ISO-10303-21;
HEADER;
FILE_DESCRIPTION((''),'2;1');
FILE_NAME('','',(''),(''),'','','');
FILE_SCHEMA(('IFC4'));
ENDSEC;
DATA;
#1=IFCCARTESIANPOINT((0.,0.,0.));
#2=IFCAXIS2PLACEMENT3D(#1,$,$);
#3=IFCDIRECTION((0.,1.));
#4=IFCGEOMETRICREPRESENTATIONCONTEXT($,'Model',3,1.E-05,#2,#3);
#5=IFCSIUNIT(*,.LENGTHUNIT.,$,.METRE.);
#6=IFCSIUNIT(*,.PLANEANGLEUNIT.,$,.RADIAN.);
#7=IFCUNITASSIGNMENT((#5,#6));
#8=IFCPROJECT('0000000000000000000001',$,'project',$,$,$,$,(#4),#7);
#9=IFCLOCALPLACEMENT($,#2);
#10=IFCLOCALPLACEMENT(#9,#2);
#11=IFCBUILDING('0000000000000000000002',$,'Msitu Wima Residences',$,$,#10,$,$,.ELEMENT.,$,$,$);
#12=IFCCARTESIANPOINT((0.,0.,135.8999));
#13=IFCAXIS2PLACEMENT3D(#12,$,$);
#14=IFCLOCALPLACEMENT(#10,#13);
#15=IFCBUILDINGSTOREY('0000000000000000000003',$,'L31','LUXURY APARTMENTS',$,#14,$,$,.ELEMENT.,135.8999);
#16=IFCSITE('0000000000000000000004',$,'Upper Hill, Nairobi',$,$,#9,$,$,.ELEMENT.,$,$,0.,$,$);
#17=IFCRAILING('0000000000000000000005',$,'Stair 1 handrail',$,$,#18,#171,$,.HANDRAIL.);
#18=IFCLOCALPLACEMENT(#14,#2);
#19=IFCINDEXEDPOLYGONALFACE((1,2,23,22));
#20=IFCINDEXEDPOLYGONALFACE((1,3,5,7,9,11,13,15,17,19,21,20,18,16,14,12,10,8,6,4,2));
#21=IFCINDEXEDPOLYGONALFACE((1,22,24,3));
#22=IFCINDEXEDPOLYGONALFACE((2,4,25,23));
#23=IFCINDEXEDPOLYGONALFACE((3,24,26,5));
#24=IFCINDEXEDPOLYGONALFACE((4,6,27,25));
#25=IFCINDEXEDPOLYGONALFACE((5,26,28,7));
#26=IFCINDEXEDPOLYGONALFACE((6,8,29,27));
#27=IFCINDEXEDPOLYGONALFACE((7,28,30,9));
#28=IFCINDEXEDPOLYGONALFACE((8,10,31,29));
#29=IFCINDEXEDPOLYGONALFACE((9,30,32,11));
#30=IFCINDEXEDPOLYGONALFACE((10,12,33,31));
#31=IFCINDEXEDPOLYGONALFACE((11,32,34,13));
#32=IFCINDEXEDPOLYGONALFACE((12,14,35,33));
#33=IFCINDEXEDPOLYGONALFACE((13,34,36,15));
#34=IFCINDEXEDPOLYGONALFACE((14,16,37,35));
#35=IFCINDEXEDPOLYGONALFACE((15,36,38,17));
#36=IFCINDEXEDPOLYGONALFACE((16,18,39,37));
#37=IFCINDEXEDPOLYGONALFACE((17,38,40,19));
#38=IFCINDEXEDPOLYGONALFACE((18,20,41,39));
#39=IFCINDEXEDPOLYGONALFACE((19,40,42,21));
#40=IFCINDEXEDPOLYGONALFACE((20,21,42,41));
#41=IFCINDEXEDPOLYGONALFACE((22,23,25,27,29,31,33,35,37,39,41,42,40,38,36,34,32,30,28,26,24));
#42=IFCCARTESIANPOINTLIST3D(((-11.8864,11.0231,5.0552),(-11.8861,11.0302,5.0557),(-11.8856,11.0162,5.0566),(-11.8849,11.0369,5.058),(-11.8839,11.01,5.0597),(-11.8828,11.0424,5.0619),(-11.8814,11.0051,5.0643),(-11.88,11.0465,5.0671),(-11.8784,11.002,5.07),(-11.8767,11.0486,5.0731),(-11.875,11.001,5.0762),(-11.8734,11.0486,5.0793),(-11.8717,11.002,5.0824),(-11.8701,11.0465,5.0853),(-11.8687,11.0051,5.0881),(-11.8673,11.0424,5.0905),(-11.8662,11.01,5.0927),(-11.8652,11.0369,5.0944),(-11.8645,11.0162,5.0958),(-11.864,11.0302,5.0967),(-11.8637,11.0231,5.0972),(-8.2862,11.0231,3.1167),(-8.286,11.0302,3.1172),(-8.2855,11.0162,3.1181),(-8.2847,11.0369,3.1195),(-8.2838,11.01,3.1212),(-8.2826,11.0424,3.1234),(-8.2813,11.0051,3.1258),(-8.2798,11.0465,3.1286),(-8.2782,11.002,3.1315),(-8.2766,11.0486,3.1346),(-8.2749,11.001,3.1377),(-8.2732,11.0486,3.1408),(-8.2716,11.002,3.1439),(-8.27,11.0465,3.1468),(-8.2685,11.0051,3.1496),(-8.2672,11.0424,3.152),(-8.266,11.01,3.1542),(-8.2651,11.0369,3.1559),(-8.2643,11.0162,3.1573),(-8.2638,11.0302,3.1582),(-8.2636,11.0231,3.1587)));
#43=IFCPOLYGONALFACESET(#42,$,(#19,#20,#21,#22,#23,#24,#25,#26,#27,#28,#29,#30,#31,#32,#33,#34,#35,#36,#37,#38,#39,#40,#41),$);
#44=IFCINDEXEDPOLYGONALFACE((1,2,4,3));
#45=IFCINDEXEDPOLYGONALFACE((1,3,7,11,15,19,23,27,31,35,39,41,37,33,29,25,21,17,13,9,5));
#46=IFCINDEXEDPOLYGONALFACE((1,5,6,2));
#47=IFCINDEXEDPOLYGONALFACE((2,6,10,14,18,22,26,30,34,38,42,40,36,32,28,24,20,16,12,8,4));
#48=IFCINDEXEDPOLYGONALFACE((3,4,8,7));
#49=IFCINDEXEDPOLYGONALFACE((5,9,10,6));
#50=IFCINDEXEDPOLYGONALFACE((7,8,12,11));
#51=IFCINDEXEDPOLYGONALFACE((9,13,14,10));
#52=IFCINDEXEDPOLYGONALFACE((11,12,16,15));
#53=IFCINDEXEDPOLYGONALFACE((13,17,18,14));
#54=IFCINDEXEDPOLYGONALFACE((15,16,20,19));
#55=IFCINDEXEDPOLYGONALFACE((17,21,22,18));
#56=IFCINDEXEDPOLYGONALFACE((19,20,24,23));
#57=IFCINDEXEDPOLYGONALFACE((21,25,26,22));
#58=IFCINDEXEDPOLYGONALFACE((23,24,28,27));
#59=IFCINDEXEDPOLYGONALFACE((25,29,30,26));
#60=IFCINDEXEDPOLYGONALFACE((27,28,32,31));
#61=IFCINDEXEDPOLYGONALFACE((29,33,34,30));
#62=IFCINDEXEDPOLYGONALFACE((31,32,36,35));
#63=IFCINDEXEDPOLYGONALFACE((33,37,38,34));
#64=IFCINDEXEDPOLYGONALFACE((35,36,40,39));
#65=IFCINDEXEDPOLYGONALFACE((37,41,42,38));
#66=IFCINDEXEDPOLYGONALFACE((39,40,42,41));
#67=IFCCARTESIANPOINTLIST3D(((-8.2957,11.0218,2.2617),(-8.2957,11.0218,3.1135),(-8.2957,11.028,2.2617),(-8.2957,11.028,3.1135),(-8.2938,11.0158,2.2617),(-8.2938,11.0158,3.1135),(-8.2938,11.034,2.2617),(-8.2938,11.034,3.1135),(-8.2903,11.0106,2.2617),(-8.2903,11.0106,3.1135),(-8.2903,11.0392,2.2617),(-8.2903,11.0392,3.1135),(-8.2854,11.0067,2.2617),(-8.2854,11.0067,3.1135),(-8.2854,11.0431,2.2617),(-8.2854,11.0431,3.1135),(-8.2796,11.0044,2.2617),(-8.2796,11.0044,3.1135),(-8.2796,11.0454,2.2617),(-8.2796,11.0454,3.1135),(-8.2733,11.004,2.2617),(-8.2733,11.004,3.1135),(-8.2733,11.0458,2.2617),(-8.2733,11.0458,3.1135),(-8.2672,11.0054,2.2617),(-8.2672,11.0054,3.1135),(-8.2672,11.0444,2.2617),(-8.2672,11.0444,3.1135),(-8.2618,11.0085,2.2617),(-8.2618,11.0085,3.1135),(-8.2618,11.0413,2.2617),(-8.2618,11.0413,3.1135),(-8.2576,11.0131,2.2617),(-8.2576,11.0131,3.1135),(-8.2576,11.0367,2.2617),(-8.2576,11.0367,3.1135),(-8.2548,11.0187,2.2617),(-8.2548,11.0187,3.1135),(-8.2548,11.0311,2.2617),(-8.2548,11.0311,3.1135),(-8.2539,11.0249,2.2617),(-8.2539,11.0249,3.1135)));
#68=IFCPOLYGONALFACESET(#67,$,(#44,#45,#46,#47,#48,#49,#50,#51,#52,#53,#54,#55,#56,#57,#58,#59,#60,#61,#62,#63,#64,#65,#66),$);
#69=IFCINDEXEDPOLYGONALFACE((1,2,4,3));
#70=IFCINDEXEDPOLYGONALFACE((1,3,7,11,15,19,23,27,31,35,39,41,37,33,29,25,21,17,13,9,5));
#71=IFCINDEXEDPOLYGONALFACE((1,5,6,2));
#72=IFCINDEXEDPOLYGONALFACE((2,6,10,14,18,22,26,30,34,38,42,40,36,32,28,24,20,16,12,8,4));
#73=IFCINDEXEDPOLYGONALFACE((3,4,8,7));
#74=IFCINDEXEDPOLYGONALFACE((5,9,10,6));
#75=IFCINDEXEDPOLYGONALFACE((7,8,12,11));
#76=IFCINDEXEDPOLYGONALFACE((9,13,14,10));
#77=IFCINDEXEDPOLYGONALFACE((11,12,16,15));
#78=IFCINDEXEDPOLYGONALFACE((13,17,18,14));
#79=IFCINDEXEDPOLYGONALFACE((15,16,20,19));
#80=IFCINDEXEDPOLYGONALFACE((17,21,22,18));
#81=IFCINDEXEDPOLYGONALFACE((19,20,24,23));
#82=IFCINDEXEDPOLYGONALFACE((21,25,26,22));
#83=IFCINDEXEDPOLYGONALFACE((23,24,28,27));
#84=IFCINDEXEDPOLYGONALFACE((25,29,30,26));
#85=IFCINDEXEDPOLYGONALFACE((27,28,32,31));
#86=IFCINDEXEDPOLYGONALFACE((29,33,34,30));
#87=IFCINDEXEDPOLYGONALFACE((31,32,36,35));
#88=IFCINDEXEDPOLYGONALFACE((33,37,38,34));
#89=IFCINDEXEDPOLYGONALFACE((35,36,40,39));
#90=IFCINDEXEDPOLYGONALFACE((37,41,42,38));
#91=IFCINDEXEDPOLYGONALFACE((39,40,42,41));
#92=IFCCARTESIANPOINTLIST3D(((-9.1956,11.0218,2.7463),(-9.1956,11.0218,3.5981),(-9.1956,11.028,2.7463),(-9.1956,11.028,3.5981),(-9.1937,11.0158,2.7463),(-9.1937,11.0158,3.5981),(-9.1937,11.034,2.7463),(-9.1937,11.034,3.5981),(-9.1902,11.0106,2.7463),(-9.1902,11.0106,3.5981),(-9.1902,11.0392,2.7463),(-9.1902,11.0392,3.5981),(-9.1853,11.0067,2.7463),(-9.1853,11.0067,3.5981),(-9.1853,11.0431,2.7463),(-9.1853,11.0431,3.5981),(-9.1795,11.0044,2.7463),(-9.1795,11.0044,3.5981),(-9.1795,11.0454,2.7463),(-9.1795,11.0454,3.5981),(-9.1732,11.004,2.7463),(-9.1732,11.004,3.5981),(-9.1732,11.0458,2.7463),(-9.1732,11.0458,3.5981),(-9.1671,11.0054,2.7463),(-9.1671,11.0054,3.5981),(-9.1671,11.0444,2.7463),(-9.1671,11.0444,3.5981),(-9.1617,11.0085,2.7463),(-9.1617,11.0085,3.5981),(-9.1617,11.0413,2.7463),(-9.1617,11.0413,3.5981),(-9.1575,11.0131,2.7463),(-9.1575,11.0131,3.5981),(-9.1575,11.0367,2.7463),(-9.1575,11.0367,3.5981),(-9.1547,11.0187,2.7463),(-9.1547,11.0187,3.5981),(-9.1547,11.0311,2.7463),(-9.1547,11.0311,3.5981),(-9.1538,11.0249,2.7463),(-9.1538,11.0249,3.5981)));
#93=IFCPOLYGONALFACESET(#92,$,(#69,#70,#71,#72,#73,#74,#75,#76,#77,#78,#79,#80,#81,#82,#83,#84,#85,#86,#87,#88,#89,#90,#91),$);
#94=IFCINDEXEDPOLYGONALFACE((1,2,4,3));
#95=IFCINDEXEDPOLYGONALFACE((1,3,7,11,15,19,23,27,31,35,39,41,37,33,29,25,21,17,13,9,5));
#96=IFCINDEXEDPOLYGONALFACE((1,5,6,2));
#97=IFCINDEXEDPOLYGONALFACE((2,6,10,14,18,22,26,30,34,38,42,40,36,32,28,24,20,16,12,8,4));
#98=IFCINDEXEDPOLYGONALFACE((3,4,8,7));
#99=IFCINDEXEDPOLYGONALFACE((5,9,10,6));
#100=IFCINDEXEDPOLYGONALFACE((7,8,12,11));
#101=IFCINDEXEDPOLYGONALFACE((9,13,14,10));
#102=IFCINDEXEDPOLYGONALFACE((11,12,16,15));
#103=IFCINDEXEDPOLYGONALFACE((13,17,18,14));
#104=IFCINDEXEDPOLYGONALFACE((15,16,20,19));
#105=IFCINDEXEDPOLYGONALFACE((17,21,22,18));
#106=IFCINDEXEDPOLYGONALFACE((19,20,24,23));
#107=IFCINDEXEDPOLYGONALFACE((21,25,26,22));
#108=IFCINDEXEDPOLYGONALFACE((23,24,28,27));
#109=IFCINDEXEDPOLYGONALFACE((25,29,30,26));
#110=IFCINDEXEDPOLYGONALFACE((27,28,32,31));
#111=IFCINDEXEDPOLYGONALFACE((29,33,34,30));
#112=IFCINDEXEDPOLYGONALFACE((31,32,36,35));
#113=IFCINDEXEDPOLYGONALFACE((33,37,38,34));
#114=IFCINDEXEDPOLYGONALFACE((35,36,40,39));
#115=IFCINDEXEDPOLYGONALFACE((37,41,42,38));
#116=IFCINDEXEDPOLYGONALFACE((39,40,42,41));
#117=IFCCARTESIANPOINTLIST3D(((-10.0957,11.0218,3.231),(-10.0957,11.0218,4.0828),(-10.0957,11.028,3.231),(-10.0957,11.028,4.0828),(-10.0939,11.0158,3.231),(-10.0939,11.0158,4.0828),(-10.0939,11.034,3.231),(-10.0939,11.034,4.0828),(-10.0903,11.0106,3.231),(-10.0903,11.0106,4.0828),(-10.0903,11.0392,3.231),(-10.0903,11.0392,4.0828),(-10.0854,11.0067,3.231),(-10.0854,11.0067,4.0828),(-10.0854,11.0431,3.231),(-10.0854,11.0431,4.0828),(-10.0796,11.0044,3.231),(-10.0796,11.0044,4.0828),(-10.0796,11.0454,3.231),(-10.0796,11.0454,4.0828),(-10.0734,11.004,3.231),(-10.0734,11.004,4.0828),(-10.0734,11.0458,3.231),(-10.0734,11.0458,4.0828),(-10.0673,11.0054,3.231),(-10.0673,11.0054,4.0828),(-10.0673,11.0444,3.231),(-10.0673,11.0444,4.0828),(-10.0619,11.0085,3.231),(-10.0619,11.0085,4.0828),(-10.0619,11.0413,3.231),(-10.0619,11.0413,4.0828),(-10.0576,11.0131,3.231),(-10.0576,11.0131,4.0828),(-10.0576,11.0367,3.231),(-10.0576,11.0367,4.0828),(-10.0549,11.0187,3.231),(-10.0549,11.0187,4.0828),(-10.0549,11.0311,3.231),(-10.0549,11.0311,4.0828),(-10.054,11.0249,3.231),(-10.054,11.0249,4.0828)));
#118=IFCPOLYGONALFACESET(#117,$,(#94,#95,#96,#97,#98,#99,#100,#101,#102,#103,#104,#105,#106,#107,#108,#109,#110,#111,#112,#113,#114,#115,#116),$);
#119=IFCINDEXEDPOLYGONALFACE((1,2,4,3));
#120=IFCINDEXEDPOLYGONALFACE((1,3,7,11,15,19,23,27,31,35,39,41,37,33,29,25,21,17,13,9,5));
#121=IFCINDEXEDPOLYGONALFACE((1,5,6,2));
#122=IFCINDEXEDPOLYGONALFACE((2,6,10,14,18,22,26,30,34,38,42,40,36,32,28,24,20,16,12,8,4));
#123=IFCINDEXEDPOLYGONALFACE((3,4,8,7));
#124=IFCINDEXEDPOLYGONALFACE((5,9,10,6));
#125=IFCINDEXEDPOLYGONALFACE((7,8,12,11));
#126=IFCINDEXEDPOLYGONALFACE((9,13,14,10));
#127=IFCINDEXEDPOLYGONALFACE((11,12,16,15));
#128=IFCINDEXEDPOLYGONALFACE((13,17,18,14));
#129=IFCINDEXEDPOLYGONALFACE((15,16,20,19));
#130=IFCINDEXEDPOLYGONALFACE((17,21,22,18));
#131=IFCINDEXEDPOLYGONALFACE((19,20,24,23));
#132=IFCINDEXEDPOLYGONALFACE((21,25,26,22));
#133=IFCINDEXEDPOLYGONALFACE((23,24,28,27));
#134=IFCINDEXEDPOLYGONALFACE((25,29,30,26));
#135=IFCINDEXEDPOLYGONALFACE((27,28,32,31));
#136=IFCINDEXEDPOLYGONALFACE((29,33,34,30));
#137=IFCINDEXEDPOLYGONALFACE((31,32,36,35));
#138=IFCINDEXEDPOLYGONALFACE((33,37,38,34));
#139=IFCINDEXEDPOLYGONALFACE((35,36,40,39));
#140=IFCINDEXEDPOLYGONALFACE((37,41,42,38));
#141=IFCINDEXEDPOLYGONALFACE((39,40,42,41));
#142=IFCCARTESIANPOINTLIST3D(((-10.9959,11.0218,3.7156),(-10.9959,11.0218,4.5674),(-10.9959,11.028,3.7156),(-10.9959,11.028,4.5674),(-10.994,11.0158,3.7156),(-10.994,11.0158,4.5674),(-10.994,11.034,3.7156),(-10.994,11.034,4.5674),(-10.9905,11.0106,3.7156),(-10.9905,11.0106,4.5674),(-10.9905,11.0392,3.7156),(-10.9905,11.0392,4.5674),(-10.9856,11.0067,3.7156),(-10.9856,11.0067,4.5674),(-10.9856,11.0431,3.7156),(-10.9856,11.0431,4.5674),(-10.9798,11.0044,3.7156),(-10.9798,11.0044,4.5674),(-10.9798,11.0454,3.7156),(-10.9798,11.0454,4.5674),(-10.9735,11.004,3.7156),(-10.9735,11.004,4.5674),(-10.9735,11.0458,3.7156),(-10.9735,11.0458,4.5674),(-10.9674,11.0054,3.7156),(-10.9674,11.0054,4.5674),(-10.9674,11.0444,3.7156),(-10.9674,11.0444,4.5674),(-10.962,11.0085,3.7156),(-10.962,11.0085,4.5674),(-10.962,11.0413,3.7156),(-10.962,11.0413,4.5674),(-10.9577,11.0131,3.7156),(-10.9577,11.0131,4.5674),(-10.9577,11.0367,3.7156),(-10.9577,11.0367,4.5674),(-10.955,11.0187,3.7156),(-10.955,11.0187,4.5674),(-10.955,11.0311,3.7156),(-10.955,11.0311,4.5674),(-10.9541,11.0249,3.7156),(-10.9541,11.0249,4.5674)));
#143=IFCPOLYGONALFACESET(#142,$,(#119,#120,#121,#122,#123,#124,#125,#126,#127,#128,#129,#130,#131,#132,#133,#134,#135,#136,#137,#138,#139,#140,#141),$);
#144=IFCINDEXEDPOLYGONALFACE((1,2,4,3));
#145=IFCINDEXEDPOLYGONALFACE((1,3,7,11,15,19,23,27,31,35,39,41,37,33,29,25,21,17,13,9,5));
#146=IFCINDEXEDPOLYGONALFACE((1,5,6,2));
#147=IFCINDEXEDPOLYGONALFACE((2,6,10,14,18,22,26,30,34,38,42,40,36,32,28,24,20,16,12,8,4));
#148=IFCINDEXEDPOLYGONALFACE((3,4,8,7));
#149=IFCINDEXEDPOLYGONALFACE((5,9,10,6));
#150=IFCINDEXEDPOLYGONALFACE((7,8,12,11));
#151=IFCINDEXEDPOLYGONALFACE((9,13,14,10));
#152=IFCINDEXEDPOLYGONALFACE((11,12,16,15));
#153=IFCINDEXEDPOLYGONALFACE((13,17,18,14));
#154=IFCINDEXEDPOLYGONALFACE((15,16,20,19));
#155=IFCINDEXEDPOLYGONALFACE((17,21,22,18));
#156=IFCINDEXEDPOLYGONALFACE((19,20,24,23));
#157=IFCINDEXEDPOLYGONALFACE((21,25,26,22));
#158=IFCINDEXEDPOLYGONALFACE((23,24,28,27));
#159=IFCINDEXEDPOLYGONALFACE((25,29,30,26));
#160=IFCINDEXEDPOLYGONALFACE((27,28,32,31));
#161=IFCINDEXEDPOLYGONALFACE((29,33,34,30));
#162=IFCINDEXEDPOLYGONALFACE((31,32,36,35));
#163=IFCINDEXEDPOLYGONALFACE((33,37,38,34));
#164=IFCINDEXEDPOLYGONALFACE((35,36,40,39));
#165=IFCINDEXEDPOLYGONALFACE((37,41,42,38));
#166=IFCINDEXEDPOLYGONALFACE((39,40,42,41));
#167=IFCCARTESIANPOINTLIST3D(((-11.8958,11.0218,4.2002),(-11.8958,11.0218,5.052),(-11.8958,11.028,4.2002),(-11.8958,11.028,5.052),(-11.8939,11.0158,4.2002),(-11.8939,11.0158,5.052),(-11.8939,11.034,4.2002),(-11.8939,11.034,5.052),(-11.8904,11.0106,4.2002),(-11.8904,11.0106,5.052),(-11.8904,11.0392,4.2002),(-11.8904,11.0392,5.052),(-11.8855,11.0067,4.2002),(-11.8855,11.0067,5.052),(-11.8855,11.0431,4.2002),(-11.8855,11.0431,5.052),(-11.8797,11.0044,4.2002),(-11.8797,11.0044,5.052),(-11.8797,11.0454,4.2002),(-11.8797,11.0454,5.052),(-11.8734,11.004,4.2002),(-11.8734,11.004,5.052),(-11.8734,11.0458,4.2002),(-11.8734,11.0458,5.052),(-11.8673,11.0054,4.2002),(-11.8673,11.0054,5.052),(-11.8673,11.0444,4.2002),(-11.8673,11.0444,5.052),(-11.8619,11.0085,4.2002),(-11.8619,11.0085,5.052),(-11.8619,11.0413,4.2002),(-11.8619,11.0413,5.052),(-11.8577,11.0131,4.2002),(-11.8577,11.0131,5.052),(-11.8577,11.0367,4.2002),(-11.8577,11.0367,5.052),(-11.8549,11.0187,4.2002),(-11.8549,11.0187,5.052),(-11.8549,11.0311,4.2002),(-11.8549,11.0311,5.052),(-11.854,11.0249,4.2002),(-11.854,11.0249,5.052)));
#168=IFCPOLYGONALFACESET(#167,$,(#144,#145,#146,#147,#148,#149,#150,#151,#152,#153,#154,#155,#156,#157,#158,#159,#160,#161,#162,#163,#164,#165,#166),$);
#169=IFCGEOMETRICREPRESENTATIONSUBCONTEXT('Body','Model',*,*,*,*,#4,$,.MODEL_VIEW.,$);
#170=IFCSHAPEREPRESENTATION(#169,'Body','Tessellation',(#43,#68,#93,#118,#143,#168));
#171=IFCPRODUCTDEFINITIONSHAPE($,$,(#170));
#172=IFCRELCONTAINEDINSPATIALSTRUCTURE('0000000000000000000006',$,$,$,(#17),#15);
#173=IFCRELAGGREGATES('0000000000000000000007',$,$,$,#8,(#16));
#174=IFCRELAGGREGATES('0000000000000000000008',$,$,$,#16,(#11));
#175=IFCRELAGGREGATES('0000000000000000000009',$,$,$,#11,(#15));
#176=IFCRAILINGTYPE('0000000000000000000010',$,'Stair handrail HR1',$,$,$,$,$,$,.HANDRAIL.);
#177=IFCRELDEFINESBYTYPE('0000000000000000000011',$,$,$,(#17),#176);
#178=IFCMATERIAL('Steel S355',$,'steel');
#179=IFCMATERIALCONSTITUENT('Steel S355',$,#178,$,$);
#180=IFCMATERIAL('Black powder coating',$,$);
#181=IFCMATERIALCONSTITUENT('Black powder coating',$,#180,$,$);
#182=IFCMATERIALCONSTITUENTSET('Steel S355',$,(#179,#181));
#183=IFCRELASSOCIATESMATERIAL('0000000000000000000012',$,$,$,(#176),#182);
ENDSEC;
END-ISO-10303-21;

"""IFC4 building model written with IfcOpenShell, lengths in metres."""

from ifc_helpers import new_model, si_unit, direction, frame, origin, origin_2d, place, context, subcontext, project, spatial, circle, extrude, material, constituent, constituent_set, type_object, element, save


model = new_model("IFC4")

# Units and contexts
model_context = context("Model", 3, precision=1e-05, world=origin(), true_north=direction((0.0, 1.0)))
body_context = subcontext(model_context, "Body", "Model", "MODEL_VIEW")
ifc_project = project(units=[si_unit("LENGTHUNIT", "METRE"), si_unit("PLANEANGLEUNIT", "RADIAN")], contexts=[model_context])

# Site, building, storey
site_placement = place(None, origin())
site = spatial("IfcSite", under=ifc_project, at=site_placement, Name="Upper Hill, Nairobi", CompositionType="ELEMENT", RefElevation=0.0)
building_placement = place(site_placement, origin())
building = spatial("IfcBuilding", under=site, at=building_placement, Name="Msitu Wima Residences", CompositionType="ELEMENT")
storey_placement = place(building_placement, frame((0.0, 0.0, 135.8999)))
storey = spatial("IfcBuildingStorey", under=building, at=storey_placement, Name="L31", Description="LUXURY APARTMENTS", CompositionType="ELEMENT", Elevation=135.8999)

# Railing
ifc_material_1 = material(Name="Steel S355", Category="steel")
ifc_constituent_1 = constituent(ifc_material_1, Name="Steel S355")
ifc_material_2 = material(Name="Black powder coating")
ifc_constituent_2 = constituent(ifc_material_2, Name="Black powder coating")
ifc_constituent_set_1 = constituent_set(constituents=[ifc_constituent_1, ifc_constituent_2], Name="Steel S355")
railing_type_1 = type_object("IfcRailingType", Name="Stair handrail HR1", PredefinedType="HANDRAIL", material=ifc_constituent_set_1)
railing_1_placement = place(storey_placement, frame((-8.2749, 11.0249, 2.2617)))
element("IfcRailing", 1, at=railing_1_placement, inside=storey, type_object=railing_type_1, Name="Stair 1 handrail", PredefinedType="HANDRAIL", context=body_context, shape_type="SweptSolid", body=[
    extrude(circle(Radius=0.0239, at=origin_2d()), frame((0.0, 0.0, 0.876), z_axis=(-0.880475, 0.0, 0.474093), x_axis=(0.0, -1.0, 0.0)), (0.0, 0.0, 1.0), 4.0889),
    extrude(circle(Radius=0.021, at=origin_2d()), origin(), (0.0, 0.0, 1.0), 0.8518),
    extrude(circle(Radius=0.021, at=origin_2d()), frame((-0.8999, 0.0, 0.4846)), (0.0, 0.0, 1.0), 0.8518),
    extrude(circle(Radius=0.021, at=origin_2d()), frame((-1.8, 0.0, 0.9692)), (0.0, 0.0, 1.0), 0.8518),
    extrude(circle(Radius=0.021, at=origin_2d()), frame((-2.7002, 0.0, 1.4539)), (0.0, 0.0, 1.0), 0.8518),
    extrude(circle(Radius=0.021, at=origin_2d()), frame((-3.6001, 0.0, 1.9385)), (0.0, 0.0, 1.0), 0.8518),
])

save(model, "model.ifc")
